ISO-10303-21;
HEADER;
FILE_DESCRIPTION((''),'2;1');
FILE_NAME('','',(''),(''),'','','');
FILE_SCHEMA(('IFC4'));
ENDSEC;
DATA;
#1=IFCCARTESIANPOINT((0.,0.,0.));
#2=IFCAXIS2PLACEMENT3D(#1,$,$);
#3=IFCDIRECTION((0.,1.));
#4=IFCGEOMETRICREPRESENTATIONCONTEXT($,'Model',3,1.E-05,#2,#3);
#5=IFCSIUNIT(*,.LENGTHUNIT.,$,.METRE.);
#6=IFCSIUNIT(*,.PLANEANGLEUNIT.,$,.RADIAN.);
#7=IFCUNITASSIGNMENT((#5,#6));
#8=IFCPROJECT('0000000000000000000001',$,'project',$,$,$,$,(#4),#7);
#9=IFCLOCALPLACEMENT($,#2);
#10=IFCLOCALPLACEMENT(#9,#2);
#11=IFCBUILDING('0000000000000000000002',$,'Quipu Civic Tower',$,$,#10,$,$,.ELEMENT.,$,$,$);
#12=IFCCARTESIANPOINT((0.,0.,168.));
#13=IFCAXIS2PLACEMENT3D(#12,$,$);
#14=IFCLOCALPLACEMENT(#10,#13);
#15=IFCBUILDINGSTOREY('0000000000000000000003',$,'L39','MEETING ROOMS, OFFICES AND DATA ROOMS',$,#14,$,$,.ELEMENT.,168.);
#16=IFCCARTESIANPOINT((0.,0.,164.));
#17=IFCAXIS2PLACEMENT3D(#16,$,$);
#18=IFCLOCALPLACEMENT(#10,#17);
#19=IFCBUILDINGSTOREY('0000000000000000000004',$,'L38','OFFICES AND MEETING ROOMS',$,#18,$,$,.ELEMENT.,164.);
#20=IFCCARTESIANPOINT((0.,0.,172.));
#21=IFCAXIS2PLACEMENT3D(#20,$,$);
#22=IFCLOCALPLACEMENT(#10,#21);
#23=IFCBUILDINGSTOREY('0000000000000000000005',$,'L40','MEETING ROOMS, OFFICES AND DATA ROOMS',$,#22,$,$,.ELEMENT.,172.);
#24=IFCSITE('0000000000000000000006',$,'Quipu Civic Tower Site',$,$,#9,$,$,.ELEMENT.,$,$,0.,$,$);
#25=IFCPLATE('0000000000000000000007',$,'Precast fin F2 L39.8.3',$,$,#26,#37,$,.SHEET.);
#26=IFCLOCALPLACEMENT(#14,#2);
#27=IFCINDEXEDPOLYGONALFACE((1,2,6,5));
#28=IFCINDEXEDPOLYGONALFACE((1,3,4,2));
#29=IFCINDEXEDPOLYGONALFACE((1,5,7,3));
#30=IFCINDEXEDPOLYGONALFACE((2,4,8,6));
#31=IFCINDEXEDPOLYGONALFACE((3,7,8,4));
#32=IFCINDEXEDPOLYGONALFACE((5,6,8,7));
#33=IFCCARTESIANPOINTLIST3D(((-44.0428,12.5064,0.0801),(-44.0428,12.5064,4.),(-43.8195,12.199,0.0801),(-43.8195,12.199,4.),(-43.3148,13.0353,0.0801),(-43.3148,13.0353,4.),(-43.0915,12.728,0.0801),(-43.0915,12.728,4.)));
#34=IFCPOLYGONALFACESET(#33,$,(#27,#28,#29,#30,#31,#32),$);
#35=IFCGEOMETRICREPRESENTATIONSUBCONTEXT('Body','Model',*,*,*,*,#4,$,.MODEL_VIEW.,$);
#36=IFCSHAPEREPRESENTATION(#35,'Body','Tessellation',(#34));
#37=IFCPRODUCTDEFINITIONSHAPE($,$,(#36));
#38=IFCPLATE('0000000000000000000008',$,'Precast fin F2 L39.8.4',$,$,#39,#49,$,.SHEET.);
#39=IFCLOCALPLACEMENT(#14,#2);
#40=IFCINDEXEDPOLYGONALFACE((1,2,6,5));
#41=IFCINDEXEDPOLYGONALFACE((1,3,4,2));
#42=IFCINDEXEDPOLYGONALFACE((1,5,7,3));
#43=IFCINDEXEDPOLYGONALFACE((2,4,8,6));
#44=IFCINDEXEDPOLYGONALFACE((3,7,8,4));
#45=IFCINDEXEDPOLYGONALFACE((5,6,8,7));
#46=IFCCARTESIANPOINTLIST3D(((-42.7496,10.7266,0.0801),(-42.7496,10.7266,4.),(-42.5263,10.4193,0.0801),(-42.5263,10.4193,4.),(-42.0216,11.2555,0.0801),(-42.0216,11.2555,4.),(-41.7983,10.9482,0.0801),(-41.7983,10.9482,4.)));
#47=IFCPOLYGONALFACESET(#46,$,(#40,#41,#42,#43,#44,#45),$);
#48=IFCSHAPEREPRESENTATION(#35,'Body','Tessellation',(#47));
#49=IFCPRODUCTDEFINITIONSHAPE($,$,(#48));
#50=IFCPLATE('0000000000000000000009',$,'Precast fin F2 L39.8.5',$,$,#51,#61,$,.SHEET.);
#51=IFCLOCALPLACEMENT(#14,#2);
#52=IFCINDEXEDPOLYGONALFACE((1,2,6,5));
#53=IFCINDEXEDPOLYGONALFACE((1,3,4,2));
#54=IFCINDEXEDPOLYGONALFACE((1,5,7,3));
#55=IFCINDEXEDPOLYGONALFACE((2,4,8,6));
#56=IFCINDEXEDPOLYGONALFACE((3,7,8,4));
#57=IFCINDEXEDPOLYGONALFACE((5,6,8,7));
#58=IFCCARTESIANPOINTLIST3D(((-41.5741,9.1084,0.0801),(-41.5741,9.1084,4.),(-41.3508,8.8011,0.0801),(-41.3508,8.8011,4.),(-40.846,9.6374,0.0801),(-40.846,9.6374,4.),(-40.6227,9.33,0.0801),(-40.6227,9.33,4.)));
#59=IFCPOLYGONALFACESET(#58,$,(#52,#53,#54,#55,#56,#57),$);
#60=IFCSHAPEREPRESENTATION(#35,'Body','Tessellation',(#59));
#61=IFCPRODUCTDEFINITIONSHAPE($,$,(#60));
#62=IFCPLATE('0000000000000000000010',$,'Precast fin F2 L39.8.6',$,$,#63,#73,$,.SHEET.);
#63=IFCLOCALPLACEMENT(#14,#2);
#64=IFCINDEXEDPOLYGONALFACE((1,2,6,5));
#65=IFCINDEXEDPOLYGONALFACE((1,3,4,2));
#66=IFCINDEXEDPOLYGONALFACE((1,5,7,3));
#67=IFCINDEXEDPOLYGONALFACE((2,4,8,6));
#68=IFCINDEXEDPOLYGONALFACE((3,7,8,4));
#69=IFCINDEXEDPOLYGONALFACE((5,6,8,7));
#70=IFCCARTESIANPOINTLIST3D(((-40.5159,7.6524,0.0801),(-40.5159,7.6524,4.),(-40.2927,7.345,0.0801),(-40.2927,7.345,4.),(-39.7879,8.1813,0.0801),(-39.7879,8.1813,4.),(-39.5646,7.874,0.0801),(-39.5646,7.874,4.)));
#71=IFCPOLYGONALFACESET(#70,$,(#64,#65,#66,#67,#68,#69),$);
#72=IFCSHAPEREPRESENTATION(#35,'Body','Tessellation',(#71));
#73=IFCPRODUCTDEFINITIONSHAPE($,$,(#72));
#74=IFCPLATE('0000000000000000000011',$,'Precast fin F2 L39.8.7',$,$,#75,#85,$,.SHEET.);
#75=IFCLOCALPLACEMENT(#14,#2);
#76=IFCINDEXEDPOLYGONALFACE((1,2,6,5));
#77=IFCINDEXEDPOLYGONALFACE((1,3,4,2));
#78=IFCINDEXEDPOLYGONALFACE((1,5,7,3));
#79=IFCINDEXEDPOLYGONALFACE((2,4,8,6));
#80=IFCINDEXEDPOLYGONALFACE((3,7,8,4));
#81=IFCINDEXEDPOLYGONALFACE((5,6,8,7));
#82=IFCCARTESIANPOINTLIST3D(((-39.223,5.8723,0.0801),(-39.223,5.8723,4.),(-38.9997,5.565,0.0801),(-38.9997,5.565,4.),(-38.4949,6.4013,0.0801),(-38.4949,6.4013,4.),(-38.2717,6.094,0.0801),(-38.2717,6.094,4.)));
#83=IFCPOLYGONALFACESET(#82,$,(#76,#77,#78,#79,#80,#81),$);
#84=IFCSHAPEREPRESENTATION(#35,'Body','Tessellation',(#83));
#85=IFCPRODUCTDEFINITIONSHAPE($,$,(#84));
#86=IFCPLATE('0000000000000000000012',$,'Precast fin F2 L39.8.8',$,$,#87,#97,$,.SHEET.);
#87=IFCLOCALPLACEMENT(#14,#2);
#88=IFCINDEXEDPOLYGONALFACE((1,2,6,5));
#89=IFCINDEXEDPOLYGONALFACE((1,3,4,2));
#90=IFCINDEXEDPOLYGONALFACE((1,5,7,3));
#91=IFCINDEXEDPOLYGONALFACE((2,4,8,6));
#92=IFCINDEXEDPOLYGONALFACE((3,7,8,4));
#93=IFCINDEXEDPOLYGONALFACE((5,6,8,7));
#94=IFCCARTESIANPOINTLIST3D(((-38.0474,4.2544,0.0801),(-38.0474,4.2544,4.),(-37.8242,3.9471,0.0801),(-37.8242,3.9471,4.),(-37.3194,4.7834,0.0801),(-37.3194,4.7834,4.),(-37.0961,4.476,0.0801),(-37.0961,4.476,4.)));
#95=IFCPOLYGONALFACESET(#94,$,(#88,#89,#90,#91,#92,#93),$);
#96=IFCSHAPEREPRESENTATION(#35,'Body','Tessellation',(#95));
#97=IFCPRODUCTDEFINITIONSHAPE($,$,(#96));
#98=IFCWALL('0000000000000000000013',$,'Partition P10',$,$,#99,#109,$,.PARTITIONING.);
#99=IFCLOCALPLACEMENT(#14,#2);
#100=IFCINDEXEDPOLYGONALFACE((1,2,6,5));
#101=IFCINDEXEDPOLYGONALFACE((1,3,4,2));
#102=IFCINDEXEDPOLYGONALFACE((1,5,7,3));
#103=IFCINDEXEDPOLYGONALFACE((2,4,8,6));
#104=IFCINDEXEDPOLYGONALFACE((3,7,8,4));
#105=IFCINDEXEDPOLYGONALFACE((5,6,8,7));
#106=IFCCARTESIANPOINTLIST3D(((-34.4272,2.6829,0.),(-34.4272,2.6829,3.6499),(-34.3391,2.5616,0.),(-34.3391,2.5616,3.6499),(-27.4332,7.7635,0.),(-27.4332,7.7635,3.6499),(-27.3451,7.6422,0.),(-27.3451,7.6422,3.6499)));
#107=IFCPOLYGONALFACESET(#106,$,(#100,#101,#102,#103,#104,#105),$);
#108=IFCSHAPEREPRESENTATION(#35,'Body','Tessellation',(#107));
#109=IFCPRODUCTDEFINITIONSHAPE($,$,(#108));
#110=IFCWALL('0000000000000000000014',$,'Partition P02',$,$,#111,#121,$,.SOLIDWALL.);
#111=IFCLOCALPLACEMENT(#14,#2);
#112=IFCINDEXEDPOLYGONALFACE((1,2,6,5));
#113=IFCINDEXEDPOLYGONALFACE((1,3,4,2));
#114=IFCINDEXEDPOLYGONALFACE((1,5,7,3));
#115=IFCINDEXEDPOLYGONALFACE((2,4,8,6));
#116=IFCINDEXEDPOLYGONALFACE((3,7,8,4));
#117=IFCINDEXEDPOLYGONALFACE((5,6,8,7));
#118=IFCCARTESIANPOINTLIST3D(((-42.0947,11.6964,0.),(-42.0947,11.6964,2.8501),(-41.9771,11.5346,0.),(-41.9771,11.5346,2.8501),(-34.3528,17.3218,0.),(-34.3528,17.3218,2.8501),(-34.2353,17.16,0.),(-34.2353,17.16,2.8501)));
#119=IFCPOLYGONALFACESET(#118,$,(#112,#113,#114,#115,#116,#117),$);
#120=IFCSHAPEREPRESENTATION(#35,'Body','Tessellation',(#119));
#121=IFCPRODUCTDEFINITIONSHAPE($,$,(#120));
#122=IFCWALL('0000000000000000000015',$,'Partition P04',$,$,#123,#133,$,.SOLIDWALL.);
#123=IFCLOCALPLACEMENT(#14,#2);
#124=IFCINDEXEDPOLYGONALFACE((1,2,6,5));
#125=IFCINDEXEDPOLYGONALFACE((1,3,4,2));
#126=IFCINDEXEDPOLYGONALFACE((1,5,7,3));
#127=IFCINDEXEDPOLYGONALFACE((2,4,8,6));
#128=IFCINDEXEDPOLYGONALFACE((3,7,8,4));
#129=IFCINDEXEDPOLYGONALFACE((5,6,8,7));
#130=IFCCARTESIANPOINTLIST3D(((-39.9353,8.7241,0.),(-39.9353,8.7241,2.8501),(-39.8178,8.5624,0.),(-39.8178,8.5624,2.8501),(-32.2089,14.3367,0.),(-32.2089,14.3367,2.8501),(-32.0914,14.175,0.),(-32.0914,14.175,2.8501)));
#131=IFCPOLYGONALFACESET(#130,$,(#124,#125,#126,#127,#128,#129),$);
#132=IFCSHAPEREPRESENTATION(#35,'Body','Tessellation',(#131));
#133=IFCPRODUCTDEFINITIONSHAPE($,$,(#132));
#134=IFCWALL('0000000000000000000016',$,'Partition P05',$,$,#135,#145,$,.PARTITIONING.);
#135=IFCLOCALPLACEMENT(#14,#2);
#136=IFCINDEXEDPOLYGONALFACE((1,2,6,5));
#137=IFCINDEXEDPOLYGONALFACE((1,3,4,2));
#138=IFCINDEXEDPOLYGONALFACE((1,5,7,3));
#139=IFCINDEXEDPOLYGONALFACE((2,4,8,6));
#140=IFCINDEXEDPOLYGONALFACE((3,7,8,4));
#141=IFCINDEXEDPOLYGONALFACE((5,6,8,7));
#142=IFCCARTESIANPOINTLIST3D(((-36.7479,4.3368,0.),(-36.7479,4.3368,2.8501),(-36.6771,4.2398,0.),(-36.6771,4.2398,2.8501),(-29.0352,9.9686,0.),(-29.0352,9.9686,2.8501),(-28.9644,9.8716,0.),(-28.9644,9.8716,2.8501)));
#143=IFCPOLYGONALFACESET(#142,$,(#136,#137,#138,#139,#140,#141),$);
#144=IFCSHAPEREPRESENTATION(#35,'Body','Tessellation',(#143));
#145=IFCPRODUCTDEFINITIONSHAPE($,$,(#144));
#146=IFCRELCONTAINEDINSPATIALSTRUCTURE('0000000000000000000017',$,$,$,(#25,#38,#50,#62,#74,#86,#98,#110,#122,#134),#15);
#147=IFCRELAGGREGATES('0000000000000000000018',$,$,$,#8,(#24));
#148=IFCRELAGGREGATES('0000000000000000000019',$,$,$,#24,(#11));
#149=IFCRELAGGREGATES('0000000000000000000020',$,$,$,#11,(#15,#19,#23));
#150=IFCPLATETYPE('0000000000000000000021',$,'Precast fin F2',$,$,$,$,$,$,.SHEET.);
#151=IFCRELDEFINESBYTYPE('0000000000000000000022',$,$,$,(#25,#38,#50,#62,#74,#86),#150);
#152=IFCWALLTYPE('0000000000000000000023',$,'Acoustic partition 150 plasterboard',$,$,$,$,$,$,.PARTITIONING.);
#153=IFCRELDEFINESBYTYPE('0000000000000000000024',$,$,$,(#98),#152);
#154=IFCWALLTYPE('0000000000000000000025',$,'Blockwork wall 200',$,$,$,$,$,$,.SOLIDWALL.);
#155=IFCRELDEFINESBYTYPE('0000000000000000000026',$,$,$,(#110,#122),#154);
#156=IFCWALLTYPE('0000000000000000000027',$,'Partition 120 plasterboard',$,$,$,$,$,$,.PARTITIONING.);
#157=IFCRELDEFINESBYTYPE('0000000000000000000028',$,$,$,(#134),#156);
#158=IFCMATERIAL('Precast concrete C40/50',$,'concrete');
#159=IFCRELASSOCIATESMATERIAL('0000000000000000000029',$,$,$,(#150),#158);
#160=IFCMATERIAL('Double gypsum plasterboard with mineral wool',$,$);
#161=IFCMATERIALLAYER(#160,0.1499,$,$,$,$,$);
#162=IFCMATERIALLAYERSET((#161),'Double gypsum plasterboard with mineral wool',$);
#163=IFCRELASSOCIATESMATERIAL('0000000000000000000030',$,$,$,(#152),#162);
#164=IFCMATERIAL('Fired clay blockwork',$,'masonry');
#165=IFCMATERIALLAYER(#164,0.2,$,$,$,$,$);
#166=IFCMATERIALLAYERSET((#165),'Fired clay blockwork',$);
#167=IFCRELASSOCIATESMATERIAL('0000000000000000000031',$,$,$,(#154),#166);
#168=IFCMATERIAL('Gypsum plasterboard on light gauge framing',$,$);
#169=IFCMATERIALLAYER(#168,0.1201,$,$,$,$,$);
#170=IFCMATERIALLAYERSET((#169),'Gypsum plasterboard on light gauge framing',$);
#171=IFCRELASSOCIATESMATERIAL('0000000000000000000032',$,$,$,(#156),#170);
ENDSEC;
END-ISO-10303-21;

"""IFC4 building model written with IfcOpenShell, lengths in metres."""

from ifc_helpers import new_model, si_unit, direction, frame, frame_2d, origin, origin_2d, place, context, subcontext, project, spatial, rectangle, extrude, material, layer, layer_set, type_object, element, save


model = new_model("IFC4")

# Units and contexts
model_context = context("Model", 3, precision=1e-05, world=origin(), true_north=direction((0.0, 1.0)))
body_context = subcontext(model_context, "Body", "Model", "MODEL_VIEW")
ifc_project = project(units=[si_unit("LENGTHUNIT", "METRE"), si_unit("PLANEANGLEUNIT", "RADIAN")], contexts=[model_context])

# Site, building, storey
site_placement = place(None, origin())
site = spatial("IfcSite", under=ifc_project, at=site_placement, Name="Quipu Civic Tower Site", CompositionType="ELEMENT", RefElevation=0.0)
building_placement = place(site_placement, origin())
building = spatial("IfcBuilding", under=site, at=building_placement, Name="Quipu Civic Tower", CompositionType="ELEMENT")
storey_1_placement = place(building_placement, frame((0.0, 0.0, 168.0)))
storey_1 = spatial("IfcBuildingStorey", under=building, at=storey_1_placement, Name="L39", Description="MEETING ROOMS, OFFICES AND DATA ROOMS", CompositionType="ELEMENT", Elevation=168.0)

# Shared definitions
storey_2_placement = place(building_placement, frame((0.0, 0.0, 164.0)))
storey_2 = spatial("IfcBuildingStorey", under=building, at=storey_2_placement, Name="L38", Description="OFFICES AND MEETING ROOMS", CompositionType="ELEMENT", Elevation=164.0)

# Shared definitions
storey_3_placement = place(building_placement, frame((0.0, 0.0, 172.0)))
storey_3 = spatial("IfcBuildingStorey", under=building, at=storey_3_placement, Name="L40", Description="MEETING ROOMS, OFFICES AND DATA ROOMS", CompositionType="ELEMENT", Elevation=172.0)

# Plates
ifc_material_1 = material(Name="Precast concrete C40/50", Category="concrete")
plate_type_1 = type_object("IfcPlateType", Name="Precast fin F2", PredefinedType="SHEET", material=ifc_material_1)
for number, where, z_axis, x_axis, name in (
    (1, (-43.5671, 12.6172, 0.0801), (0.0, 0.0, 1.0), (0.587786, -0.809017, 0.0), "Precast fin F2 L39.8.3"),
    (2, (-42.2739, 10.8374, 0.0801), (0.0, 0.0, 1.0), (0.587786, -0.809017, 0.0), "Precast fin F2 L39.8.4"),
    (3, (-41.0984, 9.2192, 0.0801), (0.0, 0.0, 1.0), (0.587786, -0.809017, 0.0), "Precast fin F2 L39.8.5"),
    (4, (-40.0403, 7.7632, 0.0801), (0.0, 0.0, 1.0), (0.587786, -0.809017, 0.0), "Precast fin F2 L39.8.6"),
    (5, (-38.7473, 5.9832, 0.0801), (0.0, 0.0, 1.0), (0.587786, -0.809017, 0.0), "Precast fin F2 L39.8.7"),
    (6, (-37.5718, 4.3652, 0.0801), (0.0, 0.0, 1.0), (0.587786, -0.809017, 0.0), "Precast fin F2 L39.8.8"),
):
    element("IfcPlate", number, at=place(storey_1_placement, frame(where, z_axis=z_axis, x_axis=x_axis)), inside=storey_1, type_object=plate_type_1, Name=name, PredefinedType="SHEET", context=body_context, shape_type="SweptSolid", body=[
        extrude(rectangle(XDim=0.3799, YDim=0.8999, at=origin_2d()), origin(), (0.0, 0.0, 1.0), 3.9199),
    ])

# Walls
ifc_material_2 = material(Name="Double gypsum plasterboard with mineral wool")
ifc_layer_1 = layer(ifc_material_2, 0.1499)
ifc_layer_set_1 = layer_set([ifc_layer_1], Name="Double gypsum plasterboard with mineral wool")
wall_type_1 = type_object("IfcWallType", Name="Acoustic partition 150 plasterboard", PredefinedType="PARTITIONING", material=ifc_layer_set_1)
wall_1_placement = place(storey_1_placement, frame((-27.3892, 7.7029, 0.0), z_axis=(0.0, 0.0, 1.0), x_axis=(-0.809061, -0.587725, 0.0)))
element("IfcWall", 7, at=wall_1_placement, inside=storey_1, type_object=wall_type_1, Name="Partition P10", PredefinedType="PARTITIONING", context=body_context, shape_type="SweptSolid", body=[
    extrude(rectangle(XDim=8.6445, YDim=0.1499, at=frame_2d((4.3223, 0.0))), origin(), (0.0, 0.0, 1.0), 3.6499),
])
ifc_material_3 = material(Name="Fired clay blockwork", Category="masonry")
ifc_layer_2 = layer(ifc_material_3, 0.2)
ifc_layer_set_2 = layer_set([ifc_layer_2], Name="Fired clay blockwork")
wall_type_2 = type_object("IfcWallType", Name="Blockwork wall 200", PredefinedType="SOLIDWALL", material=ifc_layer_set_2)
wall_2_placement = place(storey_1_placement, frame((-42.0359, 11.6155, 0.0), z_axis=(0.0, 0.0, 1.0), x_axis=(0.808985, 0.587829, 0.0)))
element("IfcWall", 8, at=wall_2_placement, inside=storey_1, type_object=wall_type_2, Name="Partition P02", PredefinedType="SOLIDWALL", context=body_context, shape_type="SweptSolid", body=[
    extrude(rectangle(XDim=9.5698, YDim=0.2, at=frame_2d((4.7849, 0.0))), origin(), (0.0, 0.0, 1.0), 2.8501),
])
wall_3_placement = place(storey_1_placement, frame((-32.1501, 14.2559, 0.0), z_axis=(0.0, 0.0, 1.0), x_axis=(-0.809064, -0.58772, 0.0)))
element("IfcWall", 9, at=wall_3_placement, inside=storey_1, type_object=wall_type_2, Name="Partition P04", PredefinedType="SOLIDWALL", context=body_context, shape_type="SweptSolid", body=[
    extrude(rectangle(XDim=9.5498, YDim=0.2, at=frame_2d((4.7749, 0.0))), origin(), (0.0, 0.0, 1.0), 2.8501),
])
ifc_material_4 = material(Name="Gypsum plasterboard on light gauge framing")
ifc_layer_3 = layer(ifc_material_4, 0.1201)
ifc_layer_set_3 = layer_set([ifc_layer_3], Name="Gypsum plasterboard on light gauge framing")
wall_type_3 = type_object("IfcWallType", Name="Partition 120 plasterboard", PredefinedType="PARTITIONING", material=ifc_layer_set_3)
wall_4_placement = place(storey_1_placement, frame((-36.7124, 4.2883, 0.0), z_axis=(0.0, 0.0, 1.0), x_axis=(0.807607, 0.589721, 0.0)))
element("IfcWall", 10, at=wall_4_placement, inside=storey_1, type_object=wall_type_3, Name="Partition P05", PredefinedType="PARTITIONING", context=body_context, shape_type="SweptSolid", body=[
    extrude(rectangle(XDim=9.55, YDim=0.1201, at=frame_2d((4.7749, 0.0))), origin(), (0.0, 0.0, 1.0), 2.8501),
])

save(model, "model.ifc")
